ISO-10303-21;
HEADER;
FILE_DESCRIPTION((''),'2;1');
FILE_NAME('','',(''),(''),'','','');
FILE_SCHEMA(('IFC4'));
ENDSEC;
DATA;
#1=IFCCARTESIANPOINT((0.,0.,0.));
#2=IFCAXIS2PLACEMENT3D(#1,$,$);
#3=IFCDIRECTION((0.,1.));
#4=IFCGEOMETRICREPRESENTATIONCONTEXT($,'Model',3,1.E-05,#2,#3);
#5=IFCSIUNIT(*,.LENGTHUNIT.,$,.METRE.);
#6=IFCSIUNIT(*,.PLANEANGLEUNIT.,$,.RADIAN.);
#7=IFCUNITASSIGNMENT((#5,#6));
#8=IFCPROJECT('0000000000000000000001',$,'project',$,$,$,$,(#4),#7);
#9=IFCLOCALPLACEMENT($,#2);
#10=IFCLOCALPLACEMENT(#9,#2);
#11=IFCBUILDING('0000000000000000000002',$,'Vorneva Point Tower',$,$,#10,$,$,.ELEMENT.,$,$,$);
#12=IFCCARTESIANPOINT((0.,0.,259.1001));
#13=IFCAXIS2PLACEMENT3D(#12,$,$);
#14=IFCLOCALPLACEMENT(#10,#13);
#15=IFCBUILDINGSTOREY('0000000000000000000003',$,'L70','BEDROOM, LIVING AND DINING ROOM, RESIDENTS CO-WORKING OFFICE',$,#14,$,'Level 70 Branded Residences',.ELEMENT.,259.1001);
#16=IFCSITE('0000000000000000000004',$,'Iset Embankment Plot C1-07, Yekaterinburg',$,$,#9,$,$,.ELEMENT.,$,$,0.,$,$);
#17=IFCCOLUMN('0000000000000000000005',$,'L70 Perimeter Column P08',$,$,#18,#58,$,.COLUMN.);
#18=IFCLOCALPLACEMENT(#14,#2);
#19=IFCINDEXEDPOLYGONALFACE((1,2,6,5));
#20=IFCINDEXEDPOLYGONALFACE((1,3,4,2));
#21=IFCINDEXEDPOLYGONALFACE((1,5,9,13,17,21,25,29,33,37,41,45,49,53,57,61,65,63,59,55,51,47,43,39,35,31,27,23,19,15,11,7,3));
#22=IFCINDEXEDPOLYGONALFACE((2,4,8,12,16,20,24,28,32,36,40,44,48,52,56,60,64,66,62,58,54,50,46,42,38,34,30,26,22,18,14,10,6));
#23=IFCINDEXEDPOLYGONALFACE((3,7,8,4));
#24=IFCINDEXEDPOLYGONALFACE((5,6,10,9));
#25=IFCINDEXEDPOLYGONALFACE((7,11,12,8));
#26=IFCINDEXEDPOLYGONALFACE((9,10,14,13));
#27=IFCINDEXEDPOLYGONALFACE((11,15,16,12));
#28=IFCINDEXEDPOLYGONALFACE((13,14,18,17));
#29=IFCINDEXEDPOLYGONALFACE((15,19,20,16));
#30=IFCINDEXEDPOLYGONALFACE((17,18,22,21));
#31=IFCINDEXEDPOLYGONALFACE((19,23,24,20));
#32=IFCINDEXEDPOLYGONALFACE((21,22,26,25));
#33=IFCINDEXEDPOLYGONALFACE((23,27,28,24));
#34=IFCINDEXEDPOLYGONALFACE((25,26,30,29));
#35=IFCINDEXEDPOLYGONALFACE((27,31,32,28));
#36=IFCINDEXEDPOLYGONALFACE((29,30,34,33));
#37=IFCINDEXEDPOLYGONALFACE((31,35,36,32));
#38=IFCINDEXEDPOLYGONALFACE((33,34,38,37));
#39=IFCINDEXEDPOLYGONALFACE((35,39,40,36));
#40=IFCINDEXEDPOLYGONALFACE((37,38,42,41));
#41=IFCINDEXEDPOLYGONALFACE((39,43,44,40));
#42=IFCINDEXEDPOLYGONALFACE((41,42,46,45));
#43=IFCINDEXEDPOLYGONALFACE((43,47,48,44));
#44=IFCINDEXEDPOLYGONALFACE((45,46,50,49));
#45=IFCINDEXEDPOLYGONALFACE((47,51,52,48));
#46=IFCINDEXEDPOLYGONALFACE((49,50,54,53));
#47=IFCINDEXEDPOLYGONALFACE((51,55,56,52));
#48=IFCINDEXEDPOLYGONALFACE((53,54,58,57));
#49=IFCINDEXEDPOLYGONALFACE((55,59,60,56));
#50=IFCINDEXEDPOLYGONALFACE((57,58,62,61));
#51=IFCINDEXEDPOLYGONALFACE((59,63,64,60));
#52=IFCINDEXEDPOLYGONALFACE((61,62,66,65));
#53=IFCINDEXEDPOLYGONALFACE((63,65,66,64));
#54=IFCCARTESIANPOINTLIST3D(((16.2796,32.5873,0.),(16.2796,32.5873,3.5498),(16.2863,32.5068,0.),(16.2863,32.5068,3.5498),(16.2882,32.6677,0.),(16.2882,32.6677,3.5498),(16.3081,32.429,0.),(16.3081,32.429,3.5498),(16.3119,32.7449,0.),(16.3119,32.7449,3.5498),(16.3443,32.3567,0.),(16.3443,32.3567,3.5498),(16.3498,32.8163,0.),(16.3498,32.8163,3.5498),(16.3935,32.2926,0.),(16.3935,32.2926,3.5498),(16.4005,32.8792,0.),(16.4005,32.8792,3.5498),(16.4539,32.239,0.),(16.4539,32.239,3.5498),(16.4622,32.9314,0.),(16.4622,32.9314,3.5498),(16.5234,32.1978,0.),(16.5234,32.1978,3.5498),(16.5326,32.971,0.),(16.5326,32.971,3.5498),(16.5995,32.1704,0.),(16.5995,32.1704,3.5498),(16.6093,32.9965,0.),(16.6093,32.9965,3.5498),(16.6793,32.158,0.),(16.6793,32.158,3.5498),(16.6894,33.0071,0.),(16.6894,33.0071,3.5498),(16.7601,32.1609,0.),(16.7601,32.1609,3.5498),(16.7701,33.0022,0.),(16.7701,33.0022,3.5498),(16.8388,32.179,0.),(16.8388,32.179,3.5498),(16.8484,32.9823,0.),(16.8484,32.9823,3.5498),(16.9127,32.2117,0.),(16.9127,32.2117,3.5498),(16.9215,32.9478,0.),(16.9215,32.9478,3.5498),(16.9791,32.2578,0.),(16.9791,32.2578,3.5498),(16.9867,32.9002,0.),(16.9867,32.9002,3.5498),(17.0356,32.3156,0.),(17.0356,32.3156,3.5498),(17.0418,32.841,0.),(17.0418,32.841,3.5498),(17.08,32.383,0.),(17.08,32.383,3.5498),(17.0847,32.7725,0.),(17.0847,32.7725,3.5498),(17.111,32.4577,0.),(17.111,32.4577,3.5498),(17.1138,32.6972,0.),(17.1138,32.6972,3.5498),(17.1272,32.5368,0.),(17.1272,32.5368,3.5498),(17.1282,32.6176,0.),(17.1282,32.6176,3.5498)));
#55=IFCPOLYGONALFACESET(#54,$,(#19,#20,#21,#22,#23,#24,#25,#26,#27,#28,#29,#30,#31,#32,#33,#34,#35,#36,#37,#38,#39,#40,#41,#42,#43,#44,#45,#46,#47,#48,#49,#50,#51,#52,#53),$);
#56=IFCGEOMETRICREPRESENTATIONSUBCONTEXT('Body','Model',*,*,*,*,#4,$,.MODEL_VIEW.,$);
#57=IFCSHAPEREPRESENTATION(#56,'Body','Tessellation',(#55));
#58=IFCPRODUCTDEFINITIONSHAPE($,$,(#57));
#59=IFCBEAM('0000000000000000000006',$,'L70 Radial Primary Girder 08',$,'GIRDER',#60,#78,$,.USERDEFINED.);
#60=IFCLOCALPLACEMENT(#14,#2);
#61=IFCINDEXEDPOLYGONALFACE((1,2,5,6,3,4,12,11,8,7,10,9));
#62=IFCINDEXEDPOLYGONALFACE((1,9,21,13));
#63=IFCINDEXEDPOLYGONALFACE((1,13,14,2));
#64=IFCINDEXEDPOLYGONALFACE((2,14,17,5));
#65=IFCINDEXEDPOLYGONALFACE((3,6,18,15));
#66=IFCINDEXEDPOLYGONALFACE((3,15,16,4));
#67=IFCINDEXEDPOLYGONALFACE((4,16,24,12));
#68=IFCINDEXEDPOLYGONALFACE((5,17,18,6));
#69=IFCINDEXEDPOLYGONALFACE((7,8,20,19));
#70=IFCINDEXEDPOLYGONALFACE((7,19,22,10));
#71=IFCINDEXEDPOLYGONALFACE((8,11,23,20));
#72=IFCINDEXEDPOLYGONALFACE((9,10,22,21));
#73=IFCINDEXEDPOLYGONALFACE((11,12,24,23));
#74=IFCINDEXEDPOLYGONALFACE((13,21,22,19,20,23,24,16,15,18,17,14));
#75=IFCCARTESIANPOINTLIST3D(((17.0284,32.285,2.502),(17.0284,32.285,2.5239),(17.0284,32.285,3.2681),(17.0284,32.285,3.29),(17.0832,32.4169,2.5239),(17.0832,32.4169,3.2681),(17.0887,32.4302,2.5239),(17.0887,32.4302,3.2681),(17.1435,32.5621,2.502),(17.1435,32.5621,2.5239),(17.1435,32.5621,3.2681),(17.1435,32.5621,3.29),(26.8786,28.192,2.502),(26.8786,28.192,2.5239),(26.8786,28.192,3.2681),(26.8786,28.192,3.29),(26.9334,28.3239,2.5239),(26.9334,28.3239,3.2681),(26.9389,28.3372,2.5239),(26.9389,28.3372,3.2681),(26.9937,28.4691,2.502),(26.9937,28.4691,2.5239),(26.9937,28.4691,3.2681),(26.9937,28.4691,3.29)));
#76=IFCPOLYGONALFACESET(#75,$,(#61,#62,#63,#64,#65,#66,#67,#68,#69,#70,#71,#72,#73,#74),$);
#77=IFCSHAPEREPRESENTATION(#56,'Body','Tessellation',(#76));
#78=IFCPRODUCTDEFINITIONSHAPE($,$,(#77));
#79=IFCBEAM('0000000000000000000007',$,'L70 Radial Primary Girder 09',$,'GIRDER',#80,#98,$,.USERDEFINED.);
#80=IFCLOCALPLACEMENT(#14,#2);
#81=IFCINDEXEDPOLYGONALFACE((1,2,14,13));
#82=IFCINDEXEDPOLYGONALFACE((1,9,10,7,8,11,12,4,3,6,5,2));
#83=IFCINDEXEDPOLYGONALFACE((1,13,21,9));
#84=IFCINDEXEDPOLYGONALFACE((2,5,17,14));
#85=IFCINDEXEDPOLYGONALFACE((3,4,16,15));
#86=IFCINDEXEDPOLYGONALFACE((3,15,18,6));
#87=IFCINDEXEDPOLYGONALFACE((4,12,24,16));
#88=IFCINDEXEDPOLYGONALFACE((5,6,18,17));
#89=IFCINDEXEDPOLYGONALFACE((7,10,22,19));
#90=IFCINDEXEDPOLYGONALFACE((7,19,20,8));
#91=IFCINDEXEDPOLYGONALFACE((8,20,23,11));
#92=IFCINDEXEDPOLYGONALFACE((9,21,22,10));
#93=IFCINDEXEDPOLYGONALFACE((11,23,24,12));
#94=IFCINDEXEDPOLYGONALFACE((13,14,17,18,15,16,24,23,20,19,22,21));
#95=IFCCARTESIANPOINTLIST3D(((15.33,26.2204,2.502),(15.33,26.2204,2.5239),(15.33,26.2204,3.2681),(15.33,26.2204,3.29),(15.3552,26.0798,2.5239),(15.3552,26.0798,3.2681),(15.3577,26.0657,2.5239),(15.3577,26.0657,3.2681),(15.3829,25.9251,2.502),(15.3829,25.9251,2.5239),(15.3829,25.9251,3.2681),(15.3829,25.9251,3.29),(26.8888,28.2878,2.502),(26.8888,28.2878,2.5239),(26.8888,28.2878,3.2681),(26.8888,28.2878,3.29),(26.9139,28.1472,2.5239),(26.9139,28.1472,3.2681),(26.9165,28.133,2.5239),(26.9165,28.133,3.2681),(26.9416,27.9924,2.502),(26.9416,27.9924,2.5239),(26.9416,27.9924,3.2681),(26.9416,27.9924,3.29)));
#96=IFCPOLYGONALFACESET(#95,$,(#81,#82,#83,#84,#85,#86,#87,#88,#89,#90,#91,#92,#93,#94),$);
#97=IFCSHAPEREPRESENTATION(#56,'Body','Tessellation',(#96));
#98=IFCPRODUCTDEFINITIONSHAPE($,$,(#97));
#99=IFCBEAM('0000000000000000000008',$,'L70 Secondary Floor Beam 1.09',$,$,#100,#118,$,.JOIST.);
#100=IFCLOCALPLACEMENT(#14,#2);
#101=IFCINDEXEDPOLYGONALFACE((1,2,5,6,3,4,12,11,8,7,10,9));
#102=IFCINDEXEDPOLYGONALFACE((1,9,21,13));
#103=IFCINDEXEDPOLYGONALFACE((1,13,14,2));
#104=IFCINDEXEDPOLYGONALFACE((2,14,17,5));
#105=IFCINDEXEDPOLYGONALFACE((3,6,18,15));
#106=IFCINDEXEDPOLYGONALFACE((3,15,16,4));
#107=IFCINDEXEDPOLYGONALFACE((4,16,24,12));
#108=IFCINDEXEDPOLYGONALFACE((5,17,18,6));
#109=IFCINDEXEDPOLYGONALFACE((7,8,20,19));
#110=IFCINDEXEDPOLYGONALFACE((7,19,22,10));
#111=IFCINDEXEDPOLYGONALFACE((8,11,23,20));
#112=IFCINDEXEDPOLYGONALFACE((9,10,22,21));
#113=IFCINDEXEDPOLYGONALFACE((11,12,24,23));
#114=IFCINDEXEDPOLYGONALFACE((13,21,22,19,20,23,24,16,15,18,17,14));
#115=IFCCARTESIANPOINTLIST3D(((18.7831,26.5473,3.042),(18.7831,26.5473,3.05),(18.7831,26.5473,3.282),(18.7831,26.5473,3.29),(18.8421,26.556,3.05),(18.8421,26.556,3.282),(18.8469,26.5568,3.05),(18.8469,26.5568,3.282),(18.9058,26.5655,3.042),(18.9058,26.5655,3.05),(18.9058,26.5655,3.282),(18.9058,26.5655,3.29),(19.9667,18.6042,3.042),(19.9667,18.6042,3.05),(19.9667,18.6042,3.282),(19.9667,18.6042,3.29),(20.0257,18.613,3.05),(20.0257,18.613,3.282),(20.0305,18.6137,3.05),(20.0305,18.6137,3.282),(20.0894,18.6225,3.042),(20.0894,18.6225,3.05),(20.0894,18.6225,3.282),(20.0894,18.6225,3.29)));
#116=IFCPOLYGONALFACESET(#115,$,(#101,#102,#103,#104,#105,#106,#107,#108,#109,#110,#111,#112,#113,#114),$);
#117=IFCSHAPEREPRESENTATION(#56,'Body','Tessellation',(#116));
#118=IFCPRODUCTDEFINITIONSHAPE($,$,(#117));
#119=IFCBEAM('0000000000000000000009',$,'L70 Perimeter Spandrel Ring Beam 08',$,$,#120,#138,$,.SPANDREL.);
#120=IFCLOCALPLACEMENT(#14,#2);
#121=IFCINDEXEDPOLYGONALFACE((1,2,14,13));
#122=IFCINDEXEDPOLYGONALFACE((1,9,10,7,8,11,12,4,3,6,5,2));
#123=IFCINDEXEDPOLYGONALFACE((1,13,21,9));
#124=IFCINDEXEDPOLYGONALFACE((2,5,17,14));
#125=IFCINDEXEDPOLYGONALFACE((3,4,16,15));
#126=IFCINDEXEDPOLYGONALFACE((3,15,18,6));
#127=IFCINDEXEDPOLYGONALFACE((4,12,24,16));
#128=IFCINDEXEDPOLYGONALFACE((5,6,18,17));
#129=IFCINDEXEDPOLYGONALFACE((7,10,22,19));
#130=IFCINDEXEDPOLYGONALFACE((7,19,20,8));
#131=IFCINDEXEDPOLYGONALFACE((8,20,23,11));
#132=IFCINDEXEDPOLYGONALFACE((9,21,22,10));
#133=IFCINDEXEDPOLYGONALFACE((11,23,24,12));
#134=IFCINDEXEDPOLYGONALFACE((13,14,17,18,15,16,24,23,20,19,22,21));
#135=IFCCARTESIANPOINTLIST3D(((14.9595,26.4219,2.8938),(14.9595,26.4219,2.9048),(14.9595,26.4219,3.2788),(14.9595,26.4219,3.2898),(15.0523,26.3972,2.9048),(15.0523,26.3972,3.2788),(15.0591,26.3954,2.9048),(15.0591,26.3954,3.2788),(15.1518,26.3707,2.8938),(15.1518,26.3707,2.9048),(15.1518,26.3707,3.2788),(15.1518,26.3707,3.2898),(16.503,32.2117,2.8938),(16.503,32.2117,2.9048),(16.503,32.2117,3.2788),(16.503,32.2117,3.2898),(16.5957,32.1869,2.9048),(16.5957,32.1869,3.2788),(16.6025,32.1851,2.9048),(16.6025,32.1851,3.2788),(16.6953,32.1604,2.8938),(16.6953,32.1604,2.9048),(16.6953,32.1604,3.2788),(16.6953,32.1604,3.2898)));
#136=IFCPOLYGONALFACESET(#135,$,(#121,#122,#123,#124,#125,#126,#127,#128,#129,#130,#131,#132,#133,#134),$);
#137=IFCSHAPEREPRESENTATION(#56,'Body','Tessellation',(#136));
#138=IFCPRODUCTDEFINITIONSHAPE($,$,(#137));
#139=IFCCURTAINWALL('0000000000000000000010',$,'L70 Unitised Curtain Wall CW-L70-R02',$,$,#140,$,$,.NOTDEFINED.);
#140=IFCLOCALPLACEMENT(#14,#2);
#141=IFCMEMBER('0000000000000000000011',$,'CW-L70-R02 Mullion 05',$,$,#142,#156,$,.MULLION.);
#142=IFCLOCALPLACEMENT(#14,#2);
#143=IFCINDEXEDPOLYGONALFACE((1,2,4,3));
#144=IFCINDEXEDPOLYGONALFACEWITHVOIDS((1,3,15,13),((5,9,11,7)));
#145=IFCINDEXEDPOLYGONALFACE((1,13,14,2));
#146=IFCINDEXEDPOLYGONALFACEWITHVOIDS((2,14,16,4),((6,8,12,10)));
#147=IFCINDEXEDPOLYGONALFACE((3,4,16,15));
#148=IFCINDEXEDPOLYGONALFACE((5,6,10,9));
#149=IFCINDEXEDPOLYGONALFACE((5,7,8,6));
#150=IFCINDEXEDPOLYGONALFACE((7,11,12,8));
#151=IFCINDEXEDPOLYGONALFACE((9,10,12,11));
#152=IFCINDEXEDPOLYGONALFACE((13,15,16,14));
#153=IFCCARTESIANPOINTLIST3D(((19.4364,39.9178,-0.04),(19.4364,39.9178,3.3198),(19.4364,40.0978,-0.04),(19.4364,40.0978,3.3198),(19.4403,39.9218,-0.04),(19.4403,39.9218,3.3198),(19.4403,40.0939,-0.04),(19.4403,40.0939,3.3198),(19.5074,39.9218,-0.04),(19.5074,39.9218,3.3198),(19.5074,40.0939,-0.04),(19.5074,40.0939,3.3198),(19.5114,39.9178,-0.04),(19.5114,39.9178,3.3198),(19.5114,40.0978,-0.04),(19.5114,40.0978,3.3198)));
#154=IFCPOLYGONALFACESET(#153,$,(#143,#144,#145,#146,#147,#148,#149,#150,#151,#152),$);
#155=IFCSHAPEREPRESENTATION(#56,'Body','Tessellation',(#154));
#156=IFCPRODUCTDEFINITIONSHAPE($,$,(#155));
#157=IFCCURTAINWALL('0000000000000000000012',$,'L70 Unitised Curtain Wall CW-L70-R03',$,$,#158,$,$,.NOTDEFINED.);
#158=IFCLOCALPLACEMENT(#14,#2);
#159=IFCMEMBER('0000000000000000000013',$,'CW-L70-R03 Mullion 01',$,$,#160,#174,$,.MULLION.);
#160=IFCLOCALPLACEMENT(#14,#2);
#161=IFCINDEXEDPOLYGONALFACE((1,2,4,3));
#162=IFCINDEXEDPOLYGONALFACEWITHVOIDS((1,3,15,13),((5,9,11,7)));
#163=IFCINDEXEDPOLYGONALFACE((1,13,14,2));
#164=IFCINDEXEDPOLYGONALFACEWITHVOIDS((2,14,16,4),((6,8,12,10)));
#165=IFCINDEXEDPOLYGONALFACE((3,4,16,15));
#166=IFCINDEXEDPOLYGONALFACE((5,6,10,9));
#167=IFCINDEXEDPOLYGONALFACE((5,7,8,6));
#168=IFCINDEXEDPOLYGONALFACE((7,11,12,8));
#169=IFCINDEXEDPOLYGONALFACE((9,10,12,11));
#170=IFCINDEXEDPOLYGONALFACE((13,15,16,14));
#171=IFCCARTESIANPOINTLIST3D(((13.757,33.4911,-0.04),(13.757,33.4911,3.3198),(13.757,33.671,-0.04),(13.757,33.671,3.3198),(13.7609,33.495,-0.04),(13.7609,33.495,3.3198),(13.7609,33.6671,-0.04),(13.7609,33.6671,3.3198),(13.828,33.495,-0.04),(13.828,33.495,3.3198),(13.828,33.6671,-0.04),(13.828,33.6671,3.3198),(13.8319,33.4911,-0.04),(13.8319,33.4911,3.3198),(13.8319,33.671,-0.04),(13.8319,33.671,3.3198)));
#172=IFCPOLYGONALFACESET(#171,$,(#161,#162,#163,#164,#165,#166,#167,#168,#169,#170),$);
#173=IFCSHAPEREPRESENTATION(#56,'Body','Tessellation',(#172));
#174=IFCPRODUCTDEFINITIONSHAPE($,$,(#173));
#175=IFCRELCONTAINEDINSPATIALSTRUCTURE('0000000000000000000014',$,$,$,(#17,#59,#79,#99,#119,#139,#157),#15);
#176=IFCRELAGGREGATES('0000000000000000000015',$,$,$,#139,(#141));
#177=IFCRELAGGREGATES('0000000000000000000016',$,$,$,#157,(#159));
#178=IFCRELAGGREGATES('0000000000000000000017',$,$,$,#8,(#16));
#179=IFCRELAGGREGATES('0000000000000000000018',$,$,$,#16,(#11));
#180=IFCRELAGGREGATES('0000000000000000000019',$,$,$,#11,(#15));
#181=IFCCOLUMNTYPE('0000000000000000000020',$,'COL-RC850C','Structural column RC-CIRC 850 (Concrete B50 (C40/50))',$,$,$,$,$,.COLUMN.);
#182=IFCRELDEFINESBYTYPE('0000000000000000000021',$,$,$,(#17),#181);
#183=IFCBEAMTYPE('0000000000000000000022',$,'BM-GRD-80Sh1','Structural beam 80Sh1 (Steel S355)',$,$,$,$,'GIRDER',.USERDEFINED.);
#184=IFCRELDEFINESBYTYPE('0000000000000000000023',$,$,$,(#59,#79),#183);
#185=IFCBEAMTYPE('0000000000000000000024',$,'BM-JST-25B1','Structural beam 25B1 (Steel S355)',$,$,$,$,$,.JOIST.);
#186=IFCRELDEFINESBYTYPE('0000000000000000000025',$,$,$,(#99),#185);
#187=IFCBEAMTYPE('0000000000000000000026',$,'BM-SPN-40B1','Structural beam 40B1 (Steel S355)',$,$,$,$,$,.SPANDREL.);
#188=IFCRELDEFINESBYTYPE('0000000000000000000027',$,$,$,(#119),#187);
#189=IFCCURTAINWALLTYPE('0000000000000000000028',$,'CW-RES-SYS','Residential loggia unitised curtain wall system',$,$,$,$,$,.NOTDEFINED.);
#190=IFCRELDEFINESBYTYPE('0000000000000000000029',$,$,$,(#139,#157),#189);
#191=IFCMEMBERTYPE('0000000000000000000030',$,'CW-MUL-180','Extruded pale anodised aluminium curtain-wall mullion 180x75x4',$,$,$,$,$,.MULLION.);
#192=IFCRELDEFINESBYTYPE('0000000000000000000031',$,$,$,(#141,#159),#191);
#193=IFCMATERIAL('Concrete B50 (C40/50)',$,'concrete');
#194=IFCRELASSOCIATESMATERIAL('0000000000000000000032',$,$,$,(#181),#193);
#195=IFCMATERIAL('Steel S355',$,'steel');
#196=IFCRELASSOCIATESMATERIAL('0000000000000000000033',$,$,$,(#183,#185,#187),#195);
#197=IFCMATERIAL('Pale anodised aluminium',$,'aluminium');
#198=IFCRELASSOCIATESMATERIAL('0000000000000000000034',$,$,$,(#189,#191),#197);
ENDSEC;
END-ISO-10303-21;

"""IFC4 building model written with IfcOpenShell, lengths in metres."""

from ifc_helpers import new_model, si_unit, direction, frame, origin, origin_2d, place, context, subcontext, project, spatial, hollow_rectangle, circle, i_section, extrude, material, material_profile, profile_set, type_object, element, aggregate, save


model = new_model("IFC4")

# Units and contexts
model_context = context("Model", 3, precision=1e-05, world=origin(), true_north=direction((0.0, 1.0)))
body_context = subcontext(model_context, "Body", "Model", "MODEL_VIEW")
ifc_project = project(units=[si_unit("LENGTHUNIT", "METRE"), si_unit("PLANEANGLEUNIT", "RADIAN")], contexts=[model_context])

# Site, building, storey
site_placement = place(None, origin())
site = spatial("IfcSite", under=ifc_project, at=site_placement, Name="Iset Embankment Plot C1-07, Yekaterinburg", CompositionType="ELEMENT", RefElevation=0.0)
building_placement = place(site_placement, origin())
building = spatial("IfcBuilding", under=site, at=building_placement, Name="Vorneva Point Tower", CompositionType="ELEMENT")
storey_placement = place(building_placement, frame((0.0, 0.0, 259.1001)))
storey = spatial("IfcBuildingStorey", under=building, at=storey_placement, Name="L70", Description="BEDROOM, LIVING AND DINING ROOM, RESIDENTS CO-WORKING OFFICE", LongName="Level 70 Branded Residences", CompositionType="ELEMENT", Elevation=259.1001)

# Column
ifc_material_1 = material(Name="Concrete B50 (C40/50)", Category="concrete")
ifc_material_profile_1 = material_profile(ifc_material_1, circle(Radius=0.425, at=origin_2d()), Name="RC-CIRC 850")
ifc_profile_set_1 = profile_set([ifc_material_profile_1], Name="Concrete B50 (C40/50)")
column_type = type_object("IfcColumnType", Name="COL-RC850C", Description="Structural column RC-CIRC 850 (Concrete B50 (C40/50))", PredefinedType="COLUMN", material=ifc_profile_set_1)
column_placement = place(storey_placement, frame((16.7046, 32.5823, 0.0), z_axis=(0.0, 0.0, 1.0), x_axis=(-0.92388, 0.382683, 0.0)))
element("IfcColumn", 1, at=column_placement, inside=storey, type_object=column_type, Name="L70 Perimeter Column P08", PredefinedType="COLUMN", context=body_context, shape_type="SweptSolid", body=[
    extrude(circle(Radius=0.425, at=origin_2d()), origin(), (0.0, 0.0, 1.0), 3.5498),
])

# Beams
ifc_material_2 = material(Name="Steel S355", Category="steel")
ifc_material_profile_2 = material_profile(ifc_material_2, i_section(OverallWidth=0.3, OverallDepth=0.7881, WebThickness=0.0144, FlangeThickness=0.022, at=origin_2d()), Name="80Sh1")
ifc_profile_set_2 = profile_set([ifc_material_profile_2], Name="Steel S355")
beam_type_1 = type_object("IfcBeamType", Name="BM-GRD-80Sh1", Description="Structural beam 80Sh1 (Steel S355)", ElementType="GIRDER", PredefinedType="USERDEFINED", material=ifc_profile_set_2)
beam_1_placement = place(storey_placement, frame((17.0859, 32.4236, 2.896), z_axis=(0.923449, -0.383721, 0.0), x_axis=(0.383721, 0.923449, 0.0)))
element("IfcBeam", 2, at=beam_1_placement, inside=storey, type_object=beam_type_1, Name="L70 Radial Primary Girder 08", ObjectType="GIRDER", PredefinedType="USERDEFINED", context=body_context, shape_type="SweptSolid", body=[
    extrude(i_section(OverallWidth=0.3, OverallDepth=0.7881, WebThickness=0.0144, FlangeThickness=0.022, at=origin_2d()), origin(), (0.0, 0.0, 1.0), 10.6667),
])
beam_2_placement = place(storey_placement, frame((15.3564, 26.0728, 2.896), z_axis=(0.984379, 0.176063, 0.0), x_axis=(-0.176063, 0.984379, 0.0)))
element("IfcBeam", 3, at=beam_2_placement, inside=storey, type_object=beam_type_1, Name="L70 Radial Primary Girder 09", ObjectType="GIRDER", PredefinedType="USERDEFINED", context=body_context, shape_type="SweptSolid", body=[
    extrude(i_section(OverallWidth=0.3, OverallDepth=0.7881, WebThickness=0.0144, FlangeThickness=0.022, at=origin_2d()), origin(), (0.0, 0.0, 1.0), 11.7422),
])
ifc_material_profile_3 = material_profile(ifc_material_2, i_section(OverallWidth=0.124, OverallDepth=0.248, WebThickness=0.0049, FlangeThickness=0.0081, at=origin_2d()), Name="25B1")
ifc_profile_set_3 = profile_set([ifc_material_profile_3], Name="Steel S355")
beam_type_2 = type_object("IfcBeamType", Name="BM-JST-25B1", Description="Structural beam 25B1 (Steel S355)", PredefinedType="JOIST", material=ifc_profile_set_3)
beam_3_placement = place(storey_placement, frame((18.8445, 26.5564, 3.166), z_axis=(0.147382, -0.98908, 0.0), x_axis=(0.98908, 0.147382, 0.0)))
element("IfcBeam", 4, at=beam_3_placement, inside=storey, type_object=beam_type_2, Name="L70 Secondary Floor Beam 1.09", PredefinedType="JOIST", context=body_context, shape_type="SweptSolid", body=[
    extrude(i_section(OverallWidth=0.124, OverallDepth=0.248, WebThickness=0.0049, FlangeThickness=0.0081, at=origin_2d()), origin(), (0.0, 0.0, 1.0), 8.0308),
])
ifc_material_profile_4 = material_profile(ifc_material_2, i_section(OverallWidth=0.199, OverallDepth=0.396, WebThickness=0.0071, FlangeThickness=0.011, at=origin_2d()), Name="40B1")
ifc_profile_set_4 = profile_set([ifc_material_profile_4], Name="Steel S355")
beam_type_3 = type_object("IfcBeamType", Name="BM-SPN-40B1", Description="Structural beam 40B1 (Steel S355)", PredefinedType="SPANDREL", material=ifc_profile_set_4)
beam_4_placement = place(storey_placement, frame((16.5991, 32.186, 3.0918), z_axis=(-0.257587, -0.966255, 0.0), x_axis=(0.966255, -0.257587, 0.0)))
element("IfcBeam", 5, at=beam_4_placement, inside=storey, type_object=beam_type_3, Name="L70 Perimeter Spandrel Ring Beam 08", PredefinedType="SPANDREL", context=body_context, shape_type="SweptSolid", body=[
    extrude(i_section(OverallWidth=0.199, OverallDepth=0.396, WebThickness=0.0071, FlangeThickness=0.011, at=origin_2d()), origin(), (0.0, 0.0, 1.0), 5.9919),
])

# Curtain wall, member
ifc_material_3 = material(Name="Pale anodised aluminium", Category="aluminium")
curtain_wall_type = type_object("IfcCurtainWallType", Name="CW-RES-SYS", Description="Residential loggia unitised curtain wall system", PredefinedType="NOTDEFINED", material=ifc_material_3)
curtain_wall_1_placement = place(storey_placement, origin())
curtain_wall_1 = element("IfcCurtainWall", 6, at=curtain_wall_1_placement, inside=storey, type_object=curtain_wall_type, Name="L70 Unitised Curtain Wall CW-L70-R02", PredefinedType="NOTDEFINED")
ifc_material_profile_5 = material_profile(ifc_material_3, hollow_rectangle(XDim=0.075, YDim=0.1799, WallThickness=0.0039, at=origin_2d()), Name="AL-MUL 180x75x4")
ifc_profile_set_5 = profile_set([ifc_material_profile_5], Name="Pale anodised aluminium")
member_type_1 = type_object("IfcMemberType", Name="CW-MUL-180", Description="Extruded pale anodised aluminium curtain-wall mullion 180x75x4", PredefinedType="MULLION", material=ifc_profile_set_5)
member_1_placement = place(storey_placement, frame((19.4739, 40.0078, -0.04), z_axis=(0.0, 0.0, 1.0), x_axis=(1.0, 0.0, 0.0)))
member_1 = element("IfcMember", 7, at=member_1_placement, type_object=member_type_1, Name="CW-L70-R02 Mullion 05", PredefinedType="MULLION", context=body_context, shape_type="SweptSolid", body=[
    extrude(hollow_rectangle(XDim=0.075, YDim=0.1799, WallThickness=0.0039, at=origin_2d()), origin(), (0.0, 0.0, 1.0), 3.3599),
])
aggregate(curtain_wall_1, [member_1])

# Curtain wall, member
curtain_wall_2_placement = place(storey_placement, origin())
curtain_wall_2 = element("IfcCurtainWall", 8, at=curtain_wall_2_placement, inside=storey, type_object=curtain_wall_type, Name="L70 Unitised Curtain Wall CW-L70-R03", PredefinedType="NOTDEFINED")
member_2_placement = place(storey_placement, frame((13.7944, 33.5811, -0.04), z_axis=(0.0, 0.0, 1.0), x_axis=(1.0, 0.0, 0.0)))
member_2 = element("IfcMember", 9, at=member_2_placement, type_object=member_type_1, Name="CW-L70-R03 Mullion 01", PredefinedType="MULLION", context=body_context, shape_type="SweptSolid", body=[
    extrude(hollow_rectangle(XDim=0.075, YDim=0.1799, WallThickness=0.0039, at=origin_2d()), origin(), (0.0, 0.0, 1.0), 3.3599),
])
aggregate(curtain_wall_2, [member_2])

save(model, "model.ifc")
